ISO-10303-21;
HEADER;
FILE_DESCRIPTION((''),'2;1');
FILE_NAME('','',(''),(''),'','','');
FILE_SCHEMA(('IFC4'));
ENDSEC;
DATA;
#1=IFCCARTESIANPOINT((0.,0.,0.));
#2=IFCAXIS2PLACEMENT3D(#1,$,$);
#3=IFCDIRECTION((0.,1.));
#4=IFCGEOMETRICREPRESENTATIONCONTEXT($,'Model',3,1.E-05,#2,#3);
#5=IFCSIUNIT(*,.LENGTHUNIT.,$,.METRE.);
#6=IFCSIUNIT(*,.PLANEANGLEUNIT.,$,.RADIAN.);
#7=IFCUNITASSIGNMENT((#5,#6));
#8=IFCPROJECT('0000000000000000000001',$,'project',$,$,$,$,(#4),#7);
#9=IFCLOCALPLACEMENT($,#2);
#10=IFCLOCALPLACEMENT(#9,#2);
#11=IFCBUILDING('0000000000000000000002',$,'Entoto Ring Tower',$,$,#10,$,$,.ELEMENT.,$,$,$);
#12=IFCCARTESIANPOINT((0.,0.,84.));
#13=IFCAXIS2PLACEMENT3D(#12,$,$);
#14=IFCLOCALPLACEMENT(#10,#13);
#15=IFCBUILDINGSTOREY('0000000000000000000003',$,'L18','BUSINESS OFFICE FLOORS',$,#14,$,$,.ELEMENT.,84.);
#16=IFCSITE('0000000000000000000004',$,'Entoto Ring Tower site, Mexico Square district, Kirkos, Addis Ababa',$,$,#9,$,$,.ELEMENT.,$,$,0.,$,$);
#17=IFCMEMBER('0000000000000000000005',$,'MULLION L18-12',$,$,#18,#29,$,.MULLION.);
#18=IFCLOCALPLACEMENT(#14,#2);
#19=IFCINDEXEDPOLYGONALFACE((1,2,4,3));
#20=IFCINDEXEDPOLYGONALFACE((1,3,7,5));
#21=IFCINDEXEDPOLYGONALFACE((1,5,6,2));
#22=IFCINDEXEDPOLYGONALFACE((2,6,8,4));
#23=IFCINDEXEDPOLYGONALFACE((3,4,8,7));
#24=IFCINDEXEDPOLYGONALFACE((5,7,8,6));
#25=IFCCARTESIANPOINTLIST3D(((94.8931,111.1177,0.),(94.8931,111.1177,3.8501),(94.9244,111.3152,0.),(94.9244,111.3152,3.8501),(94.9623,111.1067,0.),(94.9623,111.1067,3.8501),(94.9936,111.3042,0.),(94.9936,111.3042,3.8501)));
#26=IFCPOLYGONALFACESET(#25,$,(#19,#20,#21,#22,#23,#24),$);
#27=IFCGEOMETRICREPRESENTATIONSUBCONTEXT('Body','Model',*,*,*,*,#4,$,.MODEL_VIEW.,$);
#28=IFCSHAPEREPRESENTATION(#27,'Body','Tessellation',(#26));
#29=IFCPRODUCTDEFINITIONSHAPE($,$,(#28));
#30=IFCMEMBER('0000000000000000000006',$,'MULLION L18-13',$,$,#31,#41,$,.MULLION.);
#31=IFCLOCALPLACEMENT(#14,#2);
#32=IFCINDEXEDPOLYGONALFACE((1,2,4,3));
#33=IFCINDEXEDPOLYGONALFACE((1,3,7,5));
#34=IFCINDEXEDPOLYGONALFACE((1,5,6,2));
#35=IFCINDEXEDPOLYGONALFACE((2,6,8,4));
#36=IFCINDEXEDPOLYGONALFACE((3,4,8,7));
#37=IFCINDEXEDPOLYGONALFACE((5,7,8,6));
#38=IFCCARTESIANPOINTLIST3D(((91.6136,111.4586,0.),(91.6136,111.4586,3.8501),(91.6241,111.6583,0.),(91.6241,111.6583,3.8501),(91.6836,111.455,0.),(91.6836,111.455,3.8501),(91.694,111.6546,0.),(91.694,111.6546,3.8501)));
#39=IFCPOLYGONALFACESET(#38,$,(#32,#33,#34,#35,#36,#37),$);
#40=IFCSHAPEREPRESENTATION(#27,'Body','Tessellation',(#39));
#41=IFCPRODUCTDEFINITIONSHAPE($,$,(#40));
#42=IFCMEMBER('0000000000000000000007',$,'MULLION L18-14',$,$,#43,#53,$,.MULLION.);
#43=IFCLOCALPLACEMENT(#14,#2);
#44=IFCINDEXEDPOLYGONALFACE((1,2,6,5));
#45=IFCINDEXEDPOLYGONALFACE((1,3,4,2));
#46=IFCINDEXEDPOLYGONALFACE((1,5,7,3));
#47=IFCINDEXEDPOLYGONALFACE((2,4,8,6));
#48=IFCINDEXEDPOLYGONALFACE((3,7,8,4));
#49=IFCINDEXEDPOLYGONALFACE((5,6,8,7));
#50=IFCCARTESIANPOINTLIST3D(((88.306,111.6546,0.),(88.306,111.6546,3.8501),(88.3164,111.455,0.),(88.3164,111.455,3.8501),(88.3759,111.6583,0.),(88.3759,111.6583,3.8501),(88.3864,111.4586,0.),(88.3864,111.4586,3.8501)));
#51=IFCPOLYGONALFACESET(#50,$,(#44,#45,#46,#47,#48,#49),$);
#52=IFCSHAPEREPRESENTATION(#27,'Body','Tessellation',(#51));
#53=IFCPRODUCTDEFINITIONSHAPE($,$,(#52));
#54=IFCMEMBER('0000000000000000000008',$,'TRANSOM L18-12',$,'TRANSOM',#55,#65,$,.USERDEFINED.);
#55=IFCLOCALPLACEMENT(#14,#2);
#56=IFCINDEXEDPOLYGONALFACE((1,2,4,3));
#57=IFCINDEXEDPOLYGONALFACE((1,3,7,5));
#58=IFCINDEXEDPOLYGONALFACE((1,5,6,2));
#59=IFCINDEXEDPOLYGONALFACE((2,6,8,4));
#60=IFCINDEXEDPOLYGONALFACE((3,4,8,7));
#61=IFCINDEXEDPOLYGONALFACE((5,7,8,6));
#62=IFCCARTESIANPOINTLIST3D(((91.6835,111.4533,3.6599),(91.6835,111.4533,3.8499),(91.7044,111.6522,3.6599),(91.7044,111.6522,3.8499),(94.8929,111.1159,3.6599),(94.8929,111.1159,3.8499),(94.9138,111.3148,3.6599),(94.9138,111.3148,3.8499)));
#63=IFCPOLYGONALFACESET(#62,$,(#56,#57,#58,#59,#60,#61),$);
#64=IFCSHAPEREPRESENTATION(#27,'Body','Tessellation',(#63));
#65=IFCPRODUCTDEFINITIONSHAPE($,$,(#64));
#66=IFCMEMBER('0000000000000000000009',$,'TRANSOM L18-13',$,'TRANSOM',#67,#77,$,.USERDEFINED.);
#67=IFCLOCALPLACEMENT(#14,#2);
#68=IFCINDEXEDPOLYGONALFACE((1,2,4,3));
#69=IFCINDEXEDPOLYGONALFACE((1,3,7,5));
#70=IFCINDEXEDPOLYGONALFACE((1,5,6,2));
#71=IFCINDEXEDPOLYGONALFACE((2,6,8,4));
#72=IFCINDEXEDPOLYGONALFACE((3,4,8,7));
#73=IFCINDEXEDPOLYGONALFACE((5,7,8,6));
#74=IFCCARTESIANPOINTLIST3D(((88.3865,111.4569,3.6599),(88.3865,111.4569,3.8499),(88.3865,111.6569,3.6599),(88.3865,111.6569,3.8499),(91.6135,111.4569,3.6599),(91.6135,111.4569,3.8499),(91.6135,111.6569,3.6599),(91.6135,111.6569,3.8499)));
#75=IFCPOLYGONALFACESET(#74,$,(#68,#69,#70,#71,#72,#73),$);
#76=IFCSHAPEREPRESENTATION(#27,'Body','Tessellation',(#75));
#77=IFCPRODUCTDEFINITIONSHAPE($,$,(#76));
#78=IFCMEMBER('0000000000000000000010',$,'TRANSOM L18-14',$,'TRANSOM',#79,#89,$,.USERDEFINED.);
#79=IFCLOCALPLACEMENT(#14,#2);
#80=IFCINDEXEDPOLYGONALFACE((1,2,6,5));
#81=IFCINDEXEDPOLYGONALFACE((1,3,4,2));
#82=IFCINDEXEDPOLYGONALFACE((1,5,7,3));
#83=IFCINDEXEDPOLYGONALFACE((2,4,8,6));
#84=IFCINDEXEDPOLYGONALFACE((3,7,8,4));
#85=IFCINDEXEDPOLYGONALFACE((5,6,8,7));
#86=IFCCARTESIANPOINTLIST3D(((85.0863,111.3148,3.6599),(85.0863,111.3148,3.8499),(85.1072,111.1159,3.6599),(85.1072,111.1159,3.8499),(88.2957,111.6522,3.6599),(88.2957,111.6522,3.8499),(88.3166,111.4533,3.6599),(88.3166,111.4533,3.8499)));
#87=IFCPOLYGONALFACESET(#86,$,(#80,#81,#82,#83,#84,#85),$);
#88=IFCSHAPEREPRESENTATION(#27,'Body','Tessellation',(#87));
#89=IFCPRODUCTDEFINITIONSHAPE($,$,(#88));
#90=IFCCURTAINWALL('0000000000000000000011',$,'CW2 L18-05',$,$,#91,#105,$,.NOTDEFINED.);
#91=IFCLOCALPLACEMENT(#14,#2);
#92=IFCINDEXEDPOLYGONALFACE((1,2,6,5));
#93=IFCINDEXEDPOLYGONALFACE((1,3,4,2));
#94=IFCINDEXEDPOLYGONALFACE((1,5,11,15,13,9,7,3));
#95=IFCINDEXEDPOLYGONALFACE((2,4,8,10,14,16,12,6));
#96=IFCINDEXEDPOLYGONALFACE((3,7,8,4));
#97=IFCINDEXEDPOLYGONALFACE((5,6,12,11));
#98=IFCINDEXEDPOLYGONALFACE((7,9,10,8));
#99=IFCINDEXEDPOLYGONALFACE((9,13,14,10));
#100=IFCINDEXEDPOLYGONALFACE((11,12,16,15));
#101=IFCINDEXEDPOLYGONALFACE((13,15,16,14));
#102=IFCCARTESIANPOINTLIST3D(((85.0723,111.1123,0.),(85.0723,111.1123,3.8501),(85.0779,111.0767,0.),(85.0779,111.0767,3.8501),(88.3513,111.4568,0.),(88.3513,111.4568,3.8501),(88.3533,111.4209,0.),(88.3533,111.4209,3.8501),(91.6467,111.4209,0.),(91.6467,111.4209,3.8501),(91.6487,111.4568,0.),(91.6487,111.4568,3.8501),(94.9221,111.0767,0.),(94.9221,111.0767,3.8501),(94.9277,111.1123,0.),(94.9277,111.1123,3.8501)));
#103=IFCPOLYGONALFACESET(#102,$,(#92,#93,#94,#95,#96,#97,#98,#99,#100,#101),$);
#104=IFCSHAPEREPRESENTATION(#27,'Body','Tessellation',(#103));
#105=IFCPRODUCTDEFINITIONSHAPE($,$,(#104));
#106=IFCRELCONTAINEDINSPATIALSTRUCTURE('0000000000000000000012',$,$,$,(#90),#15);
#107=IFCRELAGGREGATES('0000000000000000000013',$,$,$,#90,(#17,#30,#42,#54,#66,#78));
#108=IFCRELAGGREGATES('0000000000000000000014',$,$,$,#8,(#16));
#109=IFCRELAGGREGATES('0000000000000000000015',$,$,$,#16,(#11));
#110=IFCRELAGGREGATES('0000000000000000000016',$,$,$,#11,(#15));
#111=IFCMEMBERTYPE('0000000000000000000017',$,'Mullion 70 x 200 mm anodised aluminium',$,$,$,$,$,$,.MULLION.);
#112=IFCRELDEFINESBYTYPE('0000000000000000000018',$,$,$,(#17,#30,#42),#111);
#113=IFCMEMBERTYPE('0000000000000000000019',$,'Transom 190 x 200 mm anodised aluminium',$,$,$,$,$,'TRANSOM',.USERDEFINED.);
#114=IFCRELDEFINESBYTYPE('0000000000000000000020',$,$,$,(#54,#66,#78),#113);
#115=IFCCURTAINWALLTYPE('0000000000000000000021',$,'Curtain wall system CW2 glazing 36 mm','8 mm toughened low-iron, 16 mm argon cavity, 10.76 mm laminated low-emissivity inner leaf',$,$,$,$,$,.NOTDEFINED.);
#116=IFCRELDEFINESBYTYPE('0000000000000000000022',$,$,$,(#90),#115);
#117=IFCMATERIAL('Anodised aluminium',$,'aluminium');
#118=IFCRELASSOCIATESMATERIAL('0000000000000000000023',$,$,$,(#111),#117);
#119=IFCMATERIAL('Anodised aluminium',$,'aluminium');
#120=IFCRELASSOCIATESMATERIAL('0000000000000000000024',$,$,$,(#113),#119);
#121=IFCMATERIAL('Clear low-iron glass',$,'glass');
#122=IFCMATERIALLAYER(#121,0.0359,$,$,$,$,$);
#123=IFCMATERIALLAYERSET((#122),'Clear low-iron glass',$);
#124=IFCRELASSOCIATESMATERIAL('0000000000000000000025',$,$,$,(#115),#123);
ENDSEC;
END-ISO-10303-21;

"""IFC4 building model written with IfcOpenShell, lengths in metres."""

from ifc_helpers import new_model, si_unit, direction, frame, origin, origin_2d, place, context, subcontext, project, spatial, polyline, rectangle, outline, extrude, material, layer, layer_set, material_profile, profile_set, type_object, element, aggregate, save


model = new_model("IFC4")

# Units and contexts
model_context = context("Model", 3, precision=1e-05, world=origin(), true_north=direction((0.0, 1.0)))
body_context = subcontext(model_context, "Body", "Model", "MODEL_VIEW")
ifc_project = project(units=[si_unit("LENGTHUNIT", "METRE"), si_unit("PLANEANGLEUNIT", "RADIAN")], contexts=[model_context])

# Members
ifc_material_1 = material(Name="Anodised aluminium", Category="aluminium")
ifc_material_profile_1 = material_profile(ifc_material_1, rectangle(XDim=0.0701, YDim=0.2, at=origin_2d()), Name="Mullion 70 x 200 mm anodised aluminium")
ifc_profile_set_1 = profile_set([ifc_material_profile_1], Name="Anodised aluminium")
member_type_1 = type_object("IfcMemberType", Name="Mullion 70 x 200 mm anodised aluminium", PredefinedType="MULLION", material=ifc_profile_set_1)
site_placement = place(None, origin())
building_placement = place(site_placement, origin())
storey_placement = place(building_placement, frame((0.0, 0.0, 84.0)))
member_1_placement = place(storey_placement, frame((94.9434, 111.2109, 0.0), z_axis=(0.0, 0.0, 1.0), x_axis=(-0.987688, 0.156434, 0.0)))
member_1 = element("IfcMember", 1, at=member_1_placement, type_object=member_type_1, Name="MULLION L18-12", PredefinedType="MULLION", context=body_context, shape_type="SweptSolid", body=[
    extrude(rectangle(XDim=0.0701, YDim=0.2, at=origin_2d()), origin(), (0.0, 0.0, 1.0), 3.8501),
])
member_2_placement = place(storey_placement, frame((91.6538, 111.5566, 0.0), z_axis=(0.0, 0.0, 1.0), x_axis=(-0.99863, 0.052336, 0.0)))
member_2 = element("IfcMember", 2, at=member_2_placement, type_object=member_type_1, Name="MULLION L18-13", PredefinedType="MULLION", context=body_context, shape_type="SweptSolid", body=[
    extrude(rectangle(XDim=0.0701, YDim=0.2, at=origin_2d()), origin(), (0.0, 0.0, 1.0), 3.8501),
])
member_3_placement = place(storey_placement, frame((88.3462, 111.5566, 0.0), z_axis=(0.0, 0.0, 1.0), x_axis=(-0.99863, -0.052336, 0.0)))
member_3 = element("IfcMember", 3, at=member_3_placement, type_object=member_type_1, Name="MULLION L18-14", PredefinedType="MULLION", context=body_context, shape_type="SweptSolid", body=[
    extrude(rectangle(XDim=0.0701, YDim=0.2, at=origin_2d()), origin(), (0.0, 0.0, 1.0), 3.8501),
])
ifc_material_2 = material(Name="Anodised aluminium", Category="aluminium")
ifc_material_profile_2 = material_profile(ifc_material_2, rectangle(XDim=0.2, YDim=0.1899, at=origin_2d()), Name="Transom 190 x 200 mm anodised aluminium")
ifc_profile_set_2 = profile_set([ifc_material_profile_2], Name="Anodised aluminium")
member_type_2 = type_object("IfcMemberType", Name="Transom 190 x 200 mm anodised aluminium", ElementType="TRANSOM", PredefinedType="USERDEFINED", material=ifc_profile_set_2)
member_4_placement = place(storey_placement, frame((94.9033, 111.2153, 3.7549), z_axis=(-0.99452, 0.104551, 0.0), x_axis=(-0.104551, -0.99452, 0.0)))
member_4 = element("IfcMember", 4, at=member_4_placement, type_object=member_type_2, Name="TRANSOM L18-12", ObjectType="TRANSOM", PredefinedType="USERDEFINED", context=body_context, shape_type="SweptSolid", body=[
    extrude(rectangle(XDim=0.2, YDim=0.1899, at=origin_2d()), origin(), (0.0, 0.0, 1.0), 3.2271),
])
member_5_placement = place(storey_placement, frame((91.6135, 111.5569, 3.7549), z_axis=(-1.0, 0.0, 0.0), x_axis=(0.0, -1.0, 0.0)))
member_5 = element("IfcMember", 5, at=member_5_placement, type_object=member_type_2, Name="TRANSOM L18-13", ObjectType="TRANSOM", PredefinedType="USERDEFINED", context=body_context, shape_type="SweptSolid", body=[
    extrude(rectangle(XDim=0.2, YDim=0.1899, at=origin_2d()), origin(), (0.0, 0.0, 1.0), 3.2271),
])
member_6_placement = place(storey_placement, frame((88.3062, 111.5527, 3.7549), z_axis=(-0.99452, -0.104551, 0.0), x_axis=(0.104551, -0.99452, 0.0)))
member_6 = element("IfcMember", 6, at=member_6_placement, type_object=member_type_2, Name="TRANSOM L18-14", ObjectType="TRANSOM", PredefinedType="USERDEFINED", context=body_context, shape_type="SweptSolid", body=[
    extrude(rectangle(XDim=0.2, YDim=0.1899, at=origin_2d()), origin(), (0.0, 0.0, 1.0), 3.2271),
])

# Site, building, storey
site = spatial("IfcSite", under=ifc_project, at=site_placement, Name="Entoto Ring Tower site, Mexico Square district, Kirkos, Addis Ababa", CompositionType="ELEMENT", RefElevation=0.0)
building = spatial("IfcBuilding", under=site, at=building_placement, Name="Entoto Ring Tower", CompositionType="ELEMENT")
storey = spatial("IfcBuildingStorey", under=building, at=storey_placement, Name="L18", Description="BUSINESS OFFICE FLOORS", CompositionType="ELEMENT", Elevation=84.0)

# Curtain wall
ifc_material_3 = material(Name="Clear low-iron glass", Category="glass")
ifc_layer = layer(ifc_material_3, 0.0359)
ifc_layer_set = layer_set([ifc_layer], Name="Clear low-iron glass")
curtain_wall_type = type_object("IfcCurtainWallType", Name="Curtain wall system CW2 glazing 36 mm", Description="8 mm toughened low-iron, 16 mm argon cavity, 10.76 mm laminated low-emissivity inner leaf", PredefinedType="NOTDEFINED", material=ifc_layer_set)
curtain_wall_1_placement = place(storey_placement, origin())
curtain_wall_1 = element("IfcCurtainWall", 7, at=curtain_wall_1_placement, inside=storey, type_object=curtain_wall_type, Name="CW2 L18-05", PredefinedType="NOTDEFINED", context=body_context, shape_type="SweptSolid", body=[
    extrude(outline(polyline([(94.9277, 111.1123), (91.6487, 111.4568), (88.3513, 111.4568), (85.0723, 111.1123), (85.0779, 111.0767), (88.3533, 111.4209), (91.6467, 111.4209), (94.9221, 111.0767), (94.9277, 111.1123)])), origin(), (0.0, 0.0, 1.0), 3.8501),
])
aggregate(curtain_wall_1, [member_1, member_2, member_3, member_4, member_5, member_6])

save(model, "model.ifc")
